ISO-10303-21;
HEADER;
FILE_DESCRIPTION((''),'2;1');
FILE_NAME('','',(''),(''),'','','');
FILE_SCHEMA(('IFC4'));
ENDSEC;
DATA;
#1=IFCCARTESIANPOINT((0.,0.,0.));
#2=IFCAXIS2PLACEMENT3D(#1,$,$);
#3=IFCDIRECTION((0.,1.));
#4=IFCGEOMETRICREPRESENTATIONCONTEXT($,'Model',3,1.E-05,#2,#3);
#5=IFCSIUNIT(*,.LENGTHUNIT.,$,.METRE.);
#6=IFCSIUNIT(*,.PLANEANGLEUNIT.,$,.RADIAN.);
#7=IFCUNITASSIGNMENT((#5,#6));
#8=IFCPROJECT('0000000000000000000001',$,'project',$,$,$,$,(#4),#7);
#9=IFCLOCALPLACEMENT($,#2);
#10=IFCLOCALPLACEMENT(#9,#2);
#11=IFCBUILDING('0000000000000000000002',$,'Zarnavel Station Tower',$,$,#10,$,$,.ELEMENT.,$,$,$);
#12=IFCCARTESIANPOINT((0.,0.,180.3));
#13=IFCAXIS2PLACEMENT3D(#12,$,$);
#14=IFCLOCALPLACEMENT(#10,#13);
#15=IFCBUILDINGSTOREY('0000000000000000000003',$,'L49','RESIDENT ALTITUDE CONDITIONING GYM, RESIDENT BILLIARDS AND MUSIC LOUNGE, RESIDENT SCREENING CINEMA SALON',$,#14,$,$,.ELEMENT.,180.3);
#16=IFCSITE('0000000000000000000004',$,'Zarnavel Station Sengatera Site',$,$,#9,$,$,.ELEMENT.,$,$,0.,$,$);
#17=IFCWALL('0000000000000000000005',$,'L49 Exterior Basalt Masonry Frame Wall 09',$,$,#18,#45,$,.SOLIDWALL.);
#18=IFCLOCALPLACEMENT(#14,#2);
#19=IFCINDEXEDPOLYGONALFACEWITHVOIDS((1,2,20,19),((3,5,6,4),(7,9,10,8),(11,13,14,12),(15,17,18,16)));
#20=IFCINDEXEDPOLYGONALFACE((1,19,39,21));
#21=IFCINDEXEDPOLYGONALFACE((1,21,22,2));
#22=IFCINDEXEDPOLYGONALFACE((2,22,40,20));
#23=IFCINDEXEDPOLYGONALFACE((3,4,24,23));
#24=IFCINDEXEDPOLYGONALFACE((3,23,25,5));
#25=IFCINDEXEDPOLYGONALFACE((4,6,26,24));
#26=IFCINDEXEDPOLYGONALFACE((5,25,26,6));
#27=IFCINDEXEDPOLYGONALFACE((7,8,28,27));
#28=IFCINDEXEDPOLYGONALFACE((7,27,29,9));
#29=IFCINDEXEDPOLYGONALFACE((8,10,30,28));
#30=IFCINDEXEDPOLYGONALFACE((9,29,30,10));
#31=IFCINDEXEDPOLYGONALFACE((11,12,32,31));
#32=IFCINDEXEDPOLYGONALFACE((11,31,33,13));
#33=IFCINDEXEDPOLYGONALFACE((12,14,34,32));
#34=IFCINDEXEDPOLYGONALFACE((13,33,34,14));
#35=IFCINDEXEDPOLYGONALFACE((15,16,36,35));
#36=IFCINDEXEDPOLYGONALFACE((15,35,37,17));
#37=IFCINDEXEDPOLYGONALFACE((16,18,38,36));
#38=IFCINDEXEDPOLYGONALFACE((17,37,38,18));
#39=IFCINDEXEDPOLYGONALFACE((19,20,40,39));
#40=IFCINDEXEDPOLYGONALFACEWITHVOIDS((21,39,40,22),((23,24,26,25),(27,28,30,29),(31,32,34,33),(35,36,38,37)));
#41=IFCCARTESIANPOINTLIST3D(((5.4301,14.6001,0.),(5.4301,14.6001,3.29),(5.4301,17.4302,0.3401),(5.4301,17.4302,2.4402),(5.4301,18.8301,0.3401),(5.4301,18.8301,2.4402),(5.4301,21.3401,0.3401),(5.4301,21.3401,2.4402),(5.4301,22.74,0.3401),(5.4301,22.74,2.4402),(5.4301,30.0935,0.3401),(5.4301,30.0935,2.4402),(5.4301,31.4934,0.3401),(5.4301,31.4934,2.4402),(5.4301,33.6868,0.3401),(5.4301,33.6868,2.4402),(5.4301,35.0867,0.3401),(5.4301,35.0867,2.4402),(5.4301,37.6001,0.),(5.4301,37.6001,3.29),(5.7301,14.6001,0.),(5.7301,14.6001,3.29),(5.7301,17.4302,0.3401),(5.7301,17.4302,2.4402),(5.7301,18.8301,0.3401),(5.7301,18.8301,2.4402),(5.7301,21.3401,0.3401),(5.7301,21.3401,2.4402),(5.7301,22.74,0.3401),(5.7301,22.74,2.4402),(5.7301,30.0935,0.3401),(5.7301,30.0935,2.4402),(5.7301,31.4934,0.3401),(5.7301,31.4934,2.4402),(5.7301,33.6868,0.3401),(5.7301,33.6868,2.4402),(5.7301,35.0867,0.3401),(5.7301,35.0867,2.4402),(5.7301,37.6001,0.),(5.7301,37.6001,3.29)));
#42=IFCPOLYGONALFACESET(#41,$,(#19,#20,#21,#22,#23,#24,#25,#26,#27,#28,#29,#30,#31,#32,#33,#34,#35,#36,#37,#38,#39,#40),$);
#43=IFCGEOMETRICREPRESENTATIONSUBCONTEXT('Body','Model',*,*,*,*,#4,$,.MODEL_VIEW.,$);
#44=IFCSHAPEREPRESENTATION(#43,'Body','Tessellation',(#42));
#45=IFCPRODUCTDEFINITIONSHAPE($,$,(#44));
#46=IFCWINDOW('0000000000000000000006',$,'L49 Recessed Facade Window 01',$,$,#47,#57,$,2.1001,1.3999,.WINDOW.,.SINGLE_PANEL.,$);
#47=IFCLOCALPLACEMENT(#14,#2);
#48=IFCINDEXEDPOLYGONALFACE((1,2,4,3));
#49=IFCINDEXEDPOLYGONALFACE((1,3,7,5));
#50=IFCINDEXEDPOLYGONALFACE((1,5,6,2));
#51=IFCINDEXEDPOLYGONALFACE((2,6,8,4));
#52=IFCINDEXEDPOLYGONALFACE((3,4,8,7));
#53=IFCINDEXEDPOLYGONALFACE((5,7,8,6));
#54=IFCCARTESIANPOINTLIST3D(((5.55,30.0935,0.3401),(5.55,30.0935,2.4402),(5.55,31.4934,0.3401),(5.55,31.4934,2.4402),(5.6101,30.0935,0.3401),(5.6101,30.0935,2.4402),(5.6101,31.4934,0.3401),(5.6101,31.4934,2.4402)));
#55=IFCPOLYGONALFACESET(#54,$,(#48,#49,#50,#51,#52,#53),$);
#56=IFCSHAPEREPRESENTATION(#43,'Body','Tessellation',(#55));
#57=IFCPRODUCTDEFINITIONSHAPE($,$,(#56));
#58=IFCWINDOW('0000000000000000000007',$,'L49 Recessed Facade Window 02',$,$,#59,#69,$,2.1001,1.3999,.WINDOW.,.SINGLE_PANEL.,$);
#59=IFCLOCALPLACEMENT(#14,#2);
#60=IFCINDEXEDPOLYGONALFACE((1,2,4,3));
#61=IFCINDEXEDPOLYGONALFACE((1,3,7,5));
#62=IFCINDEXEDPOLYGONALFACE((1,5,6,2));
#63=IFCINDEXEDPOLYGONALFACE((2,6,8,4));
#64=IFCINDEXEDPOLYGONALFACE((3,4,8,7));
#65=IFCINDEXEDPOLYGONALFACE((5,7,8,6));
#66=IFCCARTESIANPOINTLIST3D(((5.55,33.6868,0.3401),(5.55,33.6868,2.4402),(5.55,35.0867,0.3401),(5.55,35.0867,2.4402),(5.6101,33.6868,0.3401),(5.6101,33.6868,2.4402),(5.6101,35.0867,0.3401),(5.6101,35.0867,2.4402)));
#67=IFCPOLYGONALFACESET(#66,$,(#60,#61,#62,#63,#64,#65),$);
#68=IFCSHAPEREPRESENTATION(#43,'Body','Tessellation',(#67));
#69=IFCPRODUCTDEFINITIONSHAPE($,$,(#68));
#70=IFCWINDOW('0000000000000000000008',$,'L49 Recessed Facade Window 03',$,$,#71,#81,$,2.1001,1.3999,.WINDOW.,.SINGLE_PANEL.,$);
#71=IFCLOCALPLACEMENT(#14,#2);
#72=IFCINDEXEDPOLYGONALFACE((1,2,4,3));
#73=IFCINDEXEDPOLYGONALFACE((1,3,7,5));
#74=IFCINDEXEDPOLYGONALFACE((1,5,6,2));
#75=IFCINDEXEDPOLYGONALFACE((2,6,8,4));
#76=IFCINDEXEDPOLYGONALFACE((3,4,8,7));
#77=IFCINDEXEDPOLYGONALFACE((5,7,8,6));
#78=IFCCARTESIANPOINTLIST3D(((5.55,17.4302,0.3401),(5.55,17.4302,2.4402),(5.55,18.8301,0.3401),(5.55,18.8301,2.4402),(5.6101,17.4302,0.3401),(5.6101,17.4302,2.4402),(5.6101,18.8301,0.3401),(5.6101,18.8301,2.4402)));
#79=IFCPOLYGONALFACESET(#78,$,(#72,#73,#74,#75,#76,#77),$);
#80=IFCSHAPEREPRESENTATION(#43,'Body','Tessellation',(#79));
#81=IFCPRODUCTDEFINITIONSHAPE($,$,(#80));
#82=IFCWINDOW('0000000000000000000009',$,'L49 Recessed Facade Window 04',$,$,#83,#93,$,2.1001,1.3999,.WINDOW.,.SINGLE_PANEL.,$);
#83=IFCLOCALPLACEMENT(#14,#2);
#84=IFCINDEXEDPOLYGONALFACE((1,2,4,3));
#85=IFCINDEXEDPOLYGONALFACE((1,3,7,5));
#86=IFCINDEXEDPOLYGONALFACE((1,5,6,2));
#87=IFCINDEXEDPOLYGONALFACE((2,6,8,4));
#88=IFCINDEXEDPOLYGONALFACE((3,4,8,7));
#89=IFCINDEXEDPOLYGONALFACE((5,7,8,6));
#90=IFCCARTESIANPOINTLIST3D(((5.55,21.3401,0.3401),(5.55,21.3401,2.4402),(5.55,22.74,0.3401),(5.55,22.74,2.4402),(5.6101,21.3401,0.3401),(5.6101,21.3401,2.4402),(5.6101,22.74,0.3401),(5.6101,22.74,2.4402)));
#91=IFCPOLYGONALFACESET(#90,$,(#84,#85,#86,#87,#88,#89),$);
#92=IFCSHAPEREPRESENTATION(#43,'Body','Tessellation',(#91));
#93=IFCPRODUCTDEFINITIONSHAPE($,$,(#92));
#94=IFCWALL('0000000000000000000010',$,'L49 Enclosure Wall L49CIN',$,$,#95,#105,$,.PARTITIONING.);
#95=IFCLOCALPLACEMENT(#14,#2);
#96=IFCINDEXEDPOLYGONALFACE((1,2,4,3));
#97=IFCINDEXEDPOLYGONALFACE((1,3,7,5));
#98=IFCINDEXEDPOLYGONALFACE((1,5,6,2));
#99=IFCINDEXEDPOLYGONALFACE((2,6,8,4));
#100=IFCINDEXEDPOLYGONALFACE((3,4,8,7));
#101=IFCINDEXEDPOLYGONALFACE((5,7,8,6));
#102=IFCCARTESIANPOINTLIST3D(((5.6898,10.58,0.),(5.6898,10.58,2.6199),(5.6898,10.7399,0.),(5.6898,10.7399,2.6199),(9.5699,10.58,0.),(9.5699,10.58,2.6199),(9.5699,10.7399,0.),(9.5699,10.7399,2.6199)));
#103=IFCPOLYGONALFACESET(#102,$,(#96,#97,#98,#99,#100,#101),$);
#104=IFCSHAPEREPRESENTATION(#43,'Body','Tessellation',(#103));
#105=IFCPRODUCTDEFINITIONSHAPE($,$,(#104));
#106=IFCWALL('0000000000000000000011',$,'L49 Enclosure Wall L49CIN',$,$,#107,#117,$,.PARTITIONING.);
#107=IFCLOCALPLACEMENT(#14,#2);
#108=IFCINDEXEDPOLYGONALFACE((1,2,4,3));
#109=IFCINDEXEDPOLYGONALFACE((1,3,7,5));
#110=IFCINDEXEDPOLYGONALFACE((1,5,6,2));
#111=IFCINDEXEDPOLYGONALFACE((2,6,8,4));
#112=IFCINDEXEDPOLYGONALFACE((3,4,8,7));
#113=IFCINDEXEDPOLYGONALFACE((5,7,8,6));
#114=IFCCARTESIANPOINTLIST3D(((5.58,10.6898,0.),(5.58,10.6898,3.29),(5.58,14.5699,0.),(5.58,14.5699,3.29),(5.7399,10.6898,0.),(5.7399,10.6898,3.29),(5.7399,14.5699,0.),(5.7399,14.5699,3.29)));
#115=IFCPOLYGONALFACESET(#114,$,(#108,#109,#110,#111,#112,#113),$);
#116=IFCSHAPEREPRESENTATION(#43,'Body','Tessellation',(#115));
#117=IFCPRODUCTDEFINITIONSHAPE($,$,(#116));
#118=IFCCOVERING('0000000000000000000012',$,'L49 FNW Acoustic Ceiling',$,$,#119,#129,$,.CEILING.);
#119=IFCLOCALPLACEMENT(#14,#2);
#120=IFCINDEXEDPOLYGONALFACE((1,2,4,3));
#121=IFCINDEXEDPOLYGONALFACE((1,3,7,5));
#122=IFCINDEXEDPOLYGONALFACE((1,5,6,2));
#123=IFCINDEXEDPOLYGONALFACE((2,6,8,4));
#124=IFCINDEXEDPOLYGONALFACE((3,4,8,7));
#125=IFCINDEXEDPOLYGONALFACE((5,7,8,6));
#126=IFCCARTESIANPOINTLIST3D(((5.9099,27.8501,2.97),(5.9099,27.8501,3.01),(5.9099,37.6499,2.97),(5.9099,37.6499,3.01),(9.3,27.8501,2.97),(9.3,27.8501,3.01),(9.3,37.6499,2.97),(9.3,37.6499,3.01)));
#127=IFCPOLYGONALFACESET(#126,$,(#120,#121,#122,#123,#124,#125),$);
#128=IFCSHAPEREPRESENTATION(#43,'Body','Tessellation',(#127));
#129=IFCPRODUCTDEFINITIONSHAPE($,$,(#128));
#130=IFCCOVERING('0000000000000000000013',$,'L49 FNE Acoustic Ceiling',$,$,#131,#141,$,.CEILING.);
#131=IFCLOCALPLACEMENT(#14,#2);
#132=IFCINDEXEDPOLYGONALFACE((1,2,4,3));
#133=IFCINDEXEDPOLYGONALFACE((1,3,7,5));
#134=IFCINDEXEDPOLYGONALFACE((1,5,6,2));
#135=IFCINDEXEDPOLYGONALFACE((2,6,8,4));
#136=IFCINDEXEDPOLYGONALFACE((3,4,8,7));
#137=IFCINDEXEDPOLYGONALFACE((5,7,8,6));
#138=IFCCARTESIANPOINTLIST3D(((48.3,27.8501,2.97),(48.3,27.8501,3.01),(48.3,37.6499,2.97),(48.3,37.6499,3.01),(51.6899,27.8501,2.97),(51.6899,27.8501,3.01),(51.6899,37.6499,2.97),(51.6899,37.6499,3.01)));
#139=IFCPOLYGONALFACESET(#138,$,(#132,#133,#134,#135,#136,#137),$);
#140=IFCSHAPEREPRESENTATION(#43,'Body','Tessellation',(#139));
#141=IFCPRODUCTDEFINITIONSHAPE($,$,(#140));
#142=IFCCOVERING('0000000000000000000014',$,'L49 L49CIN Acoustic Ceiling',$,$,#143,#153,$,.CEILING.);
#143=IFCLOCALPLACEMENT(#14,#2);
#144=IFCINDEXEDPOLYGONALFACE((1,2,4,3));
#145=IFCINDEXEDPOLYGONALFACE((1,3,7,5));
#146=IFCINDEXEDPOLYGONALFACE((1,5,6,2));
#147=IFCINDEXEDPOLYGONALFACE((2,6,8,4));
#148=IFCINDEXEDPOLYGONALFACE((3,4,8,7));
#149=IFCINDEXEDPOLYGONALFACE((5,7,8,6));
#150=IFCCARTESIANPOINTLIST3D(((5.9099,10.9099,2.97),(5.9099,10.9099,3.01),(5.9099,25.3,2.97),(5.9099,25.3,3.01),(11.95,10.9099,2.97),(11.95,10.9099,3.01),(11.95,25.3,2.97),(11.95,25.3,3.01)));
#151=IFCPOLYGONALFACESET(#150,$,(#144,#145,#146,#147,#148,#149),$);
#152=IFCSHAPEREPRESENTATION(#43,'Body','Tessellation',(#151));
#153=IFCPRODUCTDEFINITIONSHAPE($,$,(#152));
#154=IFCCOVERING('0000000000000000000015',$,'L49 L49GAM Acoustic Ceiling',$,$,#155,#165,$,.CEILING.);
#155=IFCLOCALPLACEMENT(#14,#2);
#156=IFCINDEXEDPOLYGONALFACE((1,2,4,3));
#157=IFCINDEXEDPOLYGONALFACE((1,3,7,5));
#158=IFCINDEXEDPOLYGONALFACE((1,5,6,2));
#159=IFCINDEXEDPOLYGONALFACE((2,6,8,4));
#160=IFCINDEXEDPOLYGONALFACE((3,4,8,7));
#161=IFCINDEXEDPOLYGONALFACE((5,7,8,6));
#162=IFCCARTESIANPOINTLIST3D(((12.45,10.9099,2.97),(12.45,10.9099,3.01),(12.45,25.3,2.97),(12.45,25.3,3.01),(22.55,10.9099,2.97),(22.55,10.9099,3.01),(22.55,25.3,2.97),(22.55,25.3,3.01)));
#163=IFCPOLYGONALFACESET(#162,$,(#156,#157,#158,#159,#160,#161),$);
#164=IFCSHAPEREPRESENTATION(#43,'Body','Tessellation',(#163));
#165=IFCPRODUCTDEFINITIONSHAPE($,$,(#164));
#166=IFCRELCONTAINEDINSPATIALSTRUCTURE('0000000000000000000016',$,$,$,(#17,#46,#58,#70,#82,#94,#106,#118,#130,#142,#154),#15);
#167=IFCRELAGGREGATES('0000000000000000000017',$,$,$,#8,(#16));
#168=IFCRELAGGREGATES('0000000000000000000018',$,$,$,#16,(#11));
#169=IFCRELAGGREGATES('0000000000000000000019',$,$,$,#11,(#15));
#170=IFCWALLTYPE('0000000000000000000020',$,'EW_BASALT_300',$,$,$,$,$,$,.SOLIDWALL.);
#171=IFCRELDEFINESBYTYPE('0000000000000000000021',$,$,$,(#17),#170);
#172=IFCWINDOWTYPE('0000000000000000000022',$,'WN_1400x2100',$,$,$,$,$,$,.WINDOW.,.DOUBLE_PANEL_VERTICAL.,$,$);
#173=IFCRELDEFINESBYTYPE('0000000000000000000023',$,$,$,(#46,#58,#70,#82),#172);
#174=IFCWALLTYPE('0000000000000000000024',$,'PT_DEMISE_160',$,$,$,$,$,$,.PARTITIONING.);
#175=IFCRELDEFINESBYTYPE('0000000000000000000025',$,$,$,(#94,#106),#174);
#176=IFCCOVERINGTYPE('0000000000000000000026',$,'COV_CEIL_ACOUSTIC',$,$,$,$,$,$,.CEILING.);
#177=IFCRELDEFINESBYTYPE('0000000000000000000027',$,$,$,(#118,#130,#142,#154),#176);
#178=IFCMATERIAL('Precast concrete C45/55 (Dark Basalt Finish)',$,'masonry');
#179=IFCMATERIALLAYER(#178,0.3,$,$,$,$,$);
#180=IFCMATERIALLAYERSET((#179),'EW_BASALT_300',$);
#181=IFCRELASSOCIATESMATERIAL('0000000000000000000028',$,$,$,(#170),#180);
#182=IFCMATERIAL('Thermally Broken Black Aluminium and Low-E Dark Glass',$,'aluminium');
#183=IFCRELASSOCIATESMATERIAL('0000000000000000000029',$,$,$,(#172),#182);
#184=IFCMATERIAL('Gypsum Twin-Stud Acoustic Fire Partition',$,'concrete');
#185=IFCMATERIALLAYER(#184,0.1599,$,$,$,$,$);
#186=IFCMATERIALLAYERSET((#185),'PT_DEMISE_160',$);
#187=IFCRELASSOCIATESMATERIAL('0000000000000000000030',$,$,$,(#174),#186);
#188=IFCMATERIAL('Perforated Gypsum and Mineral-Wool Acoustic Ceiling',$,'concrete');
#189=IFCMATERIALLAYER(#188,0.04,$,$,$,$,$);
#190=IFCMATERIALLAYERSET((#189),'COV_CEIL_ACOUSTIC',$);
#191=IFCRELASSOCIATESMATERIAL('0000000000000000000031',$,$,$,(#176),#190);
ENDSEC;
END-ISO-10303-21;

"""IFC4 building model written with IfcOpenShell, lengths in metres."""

from ifc_helpers import new_model, si_unit, direction, frame, frame_2d, origin, place, context, subcontext, project, spatial, polyline, rectangle, outline, extrude, material, layer, layer_set, type_object, element, fill, save


model = new_model("IFC4")

# Units and contexts
model_context = context("Model", 3, precision=1e-05, world=origin(), true_north=direction((0.0, 1.0)))
body_context = subcontext(model_context, "Body", "Model", "MODEL_VIEW")
ifc_project = project(units=[si_unit("LENGTHUNIT", "METRE"), si_unit("PLANEANGLEUNIT", "RADIAN")], contexts=[model_context])

# Site, building, storey
site_placement = place(None, origin())
site = spatial("IfcSite", under=ifc_project, at=site_placement, Name="Zarnavel Station Sengatera Site", CompositionType="ELEMENT", RefElevation=0.0)
building_placement = place(site_placement, origin())
building = spatial("IfcBuilding", under=site, at=building_placement, Name="Zarnavel Station Tower", CompositionType="ELEMENT")
storey_placement = place(building_placement, frame((0.0, 0.0, 180.3)))
storey = spatial("IfcBuildingStorey", under=building, at=storey_placement, Name="L49", Description="RESIDENT ALTITUDE CONDITIONING GYM, RESIDENT BILLIARDS AND MUSIC LOUNGE, RESIDENT SCREENING CINEMA SALON", CompositionType="ELEMENT", Elevation=180.3)

# Wall, openings, windows
ifc_material_1 = material(Name="Precast concrete C45/55 (Dark Basalt Finish)", Category="masonry")
ifc_layer_1 = layer(ifc_material_1, 0.3)
ifc_layer_set_1 = layer_set([ifc_layer_1], Name="EW_BASALT_300")
wall_type_1 = type_object("IfcWallType", Name="EW_BASALT_300", PredefinedType="SOLIDWALL", material=ifc_layer_set_1)
wall_1_placement = place(storey_placement, frame((5.5801, 14.6001, 0.0), z_axis=(0.0, 0.0, 1.0), x_axis=(0.0, 1.0, 0.0)))
wall_1 = element("IfcWall", 1, at=wall_1_placement, inside=storey, type_object=wall_type_1, Name="L49 Exterior Basalt Masonry Frame Wall 09", PredefinedType="SOLIDWALL", context=body_context, shape_type="SweptSolid", body=[
    extrude(rectangle(XDim=23.0, YDim=0.3, at=frame_2d((11.5, 0.0))), origin(), (0.0, 0.0, 1.0), 3.29),
])
opening_1_placement = place(wall_1_placement, frame((15.4934, 0.0, 0.3401)))
opening_1 = element("IfcOpeningElement", 2, at=opening_1_placement, cuts=wall_1, PredefinedType="OPENING", context=body_context, shape_type="SweptSolid", body=[
    extrude(rectangle(XDim=1.3999, YDim=2.1001, at=frame_2d((0.7, 1.05))), frame((0.0, 0.1599, 0.0), z_axis=(0.0, -1.0, 0.0), x_axis=(1.0, 0.0, 0.0)), (0.0, 0.0, 1.0), 0.3201),
])
opening_2_placement = place(wall_1_placement, frame((19.0867, 0.0, 0.3401)))
opening_2 = element("IfcOpeningElement", 3, at=opening_2_placement, cuts=wall_1, PredefinedType="OPENING", context=body_context, shape_type="SweptSolid", body=[
    extrude(rectangle(XDim=1.3999, YDim=2.1001, at=frame_2d((0.7, 1.05))), frame((0.0, 0.1599, 0.0), z_axis=(0.0, -1.0, 0.0), x_axis=(1.0, 0.0, 0.0)), (0.0, 0.0, 1.0), 0.3201),
])
opening_3_placement = place(wall_1_placement, frame((2.8301, 0.0, 0.3401)))
opening_3 = element("IfcOpeningElement", 4, at=opening_3_placement, cuts=wall_1, PredefinedType="OPENING", context=body_context, shape_type="SweptSolid", body=[
    extrude(rectangle(XDim=1.3999, YDim=2.1001, at=frame_2d((0.7, 1.05))), frame((0.0, 0.1599, 0.0), z_axis=(0.0, -1.0, 0.0), x_axis=(1.0, 0.0, 0.0)), (0.0, 0.0, 1.0), 0.3201),
])
opening_4_placement = place(wall_1_placement, frame((6.74, 0.0, 0.3401)))
opening_4 = element("IfcOpeningElement", 5, at=opening_4_placement, cuts=wall_1, PredefinedType="OPENING", context=body_context, shape_type="SweptSolid", body=[
    extrude(rectangle(XDim=1.3999, YDim=2.1001, at=frame_2d((0.7, 1.05))), frame((0.0, 0.1599, 0.0), z_axis=(0.0, -1.0, 0.0), x_axis=(1.0, 0.0, 0.0)), (0.0, 0.0, 1.0), 0.3201),
])
ifc_material_2 = material(Name="Thermally Broken Black Aluminium and Low-E Dark Glass", Category="aluminium")
window_type = type_object("IfcWindowType", Name="WN_1400x2100", PartitioningType="DOUBLE_PANEL_VERTICAL", PredefinedType="WINDOW", material=ifc_material_2)
window_1_placement = place(opening_1_placement, origin())
window_1 = element("IfcWindow", 6, at=window_1_placement, inside=storey, type_object=window_type, Name="L49 Recessed Facade Window 01", OverallHeight=2.1001, OverallWidth=1.3999, PartitioningType="SINGLE_PANEL", PredefinedType="WINDOW", context=body_context, shape_type="SweptSolid", body=[
    extrude(rectangle(XDim=1.3999, YDim=2.1001, at=frame_2d((0.7, 1.05))), frame((0.0, 0.03, 0.0), z_axis=(0.0, -1.0, 0.0), x_axis=(1.0, 0.0, 0.0)), (0.0, 0.0, 1.0), 0.0601),
])
fill(opening_1, window_1)
window_2_placement = place(opening_2_placement, origin())
window_2 = element("IfcWindow", 7, at=window_2_placement, inside=storey, type_object=window_type, Name="L49 Recessed Facade Window 02", OverallHeight=2.1001, OverallWidth=1.3999, PartitioningType="SINGLE_PANEL", PredefinedType="WINDOW", context=body_context, shape_type="SweptSolid", body=[
    extrude(rectangle(XDim=1.3999, YDim=2.1001, at=frame_2d((0.7, 1.05))), frame((0.0, 0.03, 0.0), z_axis=(0.0, -1.0, 0.0), x_axis=(1.0, 0.0, 0.0)), (0.0, 0.0, 1.0), 0.0601),
])
fill(opening_2, window_2)
window_3_placement = place(opening_3_placement, origin())
window_3 = element("IfcWindow", 8, at=window_3_placement, inside=storey, type_object=window_type, Name="L49 Recessed Facade Window 03", OverallHeight=2.1001, OverallWidth=1.3999, PartitioningType="SINGLE_PANEL", PredefinedType="WINDOW", context=body_context, shape_type="SweptSolid", body=[
    extrude(rectangle(XDim=1.3999, YDim=2.1001, at=frame_2d((0.7, 1.05))), frame((0.0, 0.03, 0.0), z_axis=(0.0, -1.0, 0.0), x_axis=(1.0, 0.0, 0.0)), (0.0, 0.0, 1.0), 0.0601),
])
fill(opening_3, window_3)
window_4_placement = place(opening_4_placement, origin())
window_4 = element("IfcWindow", 9, at=window_4_placement, inside=storey, type_object=window_type, Name="L49 Recessed Facade Window 04", OverallHeight=2.1001, OverallWidth=1.3999, PartitioningType="SINGLE_PANEL", PredefinedType="WINDOW", context=body_context, shape_type="SweptSolid", body=[
    extrude(rectangle(XDim=1.3999, YDim=2.1001, at=frame_2d((0.7, 1.05))), frame((0.0, 0.03, 0.0), z_axis=(0.0, -1.0, 0.0), x_axis=(1.0, 0.0, 0.0)), (0.0, 0.0, 1.0), 0.0601),
])
fill(opening_4, window_4)

# Walls
ifc_material_3 = material(Name="Gypsum Twin-Stud Acoustic Fire Partition", Category="concrete")
ifc_layer_2 = layer(ifc_material_3, 0.1599)
ifc_layer_set_2 = layer_set([ifc_layer_2], Name="PT_DEMISE_160")
wall_type_2 = type_object("IfcWallType", Name="PT_DEMISE_160", PredefinedType="PARTITIONING", material=ifc_layer_set_2)
wall_2_placement = place(storey_placement, frame((5.6899, 10.6599, 0.0), z_axis=(0.0, 0.0, 1.0), x_axis=(1.0, 0.0, 0.0)))
element("IfcWall", 10, at=wall_2_placement, inside=storey, type_object=wall_type_2, Name="L49 Enclosure Wall L49CIN", PredefinedType="PARTITIONING", context=body_context, shape_type="SweptSolid", body=[
    extrude(rectangle(XDim=3.8801, YDim=0.1599, at=frame_2d((1.9399, 0.0))), origin(), (0.0, 0.0, 1.0), 2.6199),
])
wall_3_placement = place(storey_placement, frame((5.6599, 10.6899, 0.0), z_axis=(0.0, 0.0, 1.0), x_axis=(0.0, 1.0, 0.0)))
element("IfcWall", 11, at=wall_3_placement, inside=storey, type_object=wall_type_2, Name="L49 Enclosure Wall L49CIN", PredefinedType="PARTITIONING", context=body_context, shape_type="SweptSolid", body=[
    extrude(rectangle(XDim=3.8801, YDim=0.1599, at=frame_2d((1.9399, 0.0))), origin(), (0.0, 0.0, 1.0), 3.29),
])

# Coverings
ifc_material_4 = material(Name="Perforated Gypsum and Mineral-Wool Acoustic Ceiling", Category="concrete")
ifc_layer_3 = layer(ifc_material_4, 0.04)
ifc_layer_set_3 = layer_set([ifc_layer_3], Name="COV_CEIL_ACOUSTIC")
covering_type_1 = type_object("IfcCoveringType", Name="COV_CEIL_ACOUSTIC", PredefinedType="CEILING", material=ifc_layer_set_3)
covering_1_placement = place(storey_placement, frame((0.0, 0.0, 2.97)))
element("IfcCovering", 12, at=covering_1_placement, inside=storey, type_object=covering_type_1, Name="L49 FNW Acoustic Ceiling", PredefinedType="CEILING", context=body_context, shape_type="SweptSolid", body=[
    extrude(outline(polyline([(5.9099, 27.8501), (9.3, 27.8501), (9.3, 37.6499), (5.9099, 37.6499), (5.9099, 27.8501)])), origin(), (0.0, 0.0, 1.0), 0.04),
])
covering_2_placement = place(storey_placement, frame((0.0, 0.0, 2.97)))
element("IfcCovering", 13, at=covering_2_placement, inside=storey, type_object=covering_type_1, Name="L49 FNE Acoustic Ceiling", PredefinedType="CEILING", context=body_context, shape_type="SweptSolid", body=[
    extrude(outline(polyline([(48.3, 27.8501), (51.6899, 27.8501), (51.6899, 37.6499), (48.3, 37.6499), (48.3, 27.8501)])), origin(), (0.0, 0.0, 1.0), 0.04),
])
covering_3_placement = place(storey_placement, frame((0.0, 0.0, 2.97)))
element("IfcCovering", 14, at=covering_3_placement, inside=storey, type_object=covering_type_1, Name="L49 L49CIN Acoustic Ceiling", PredefinedType="CEILING", context=body_context, shape_type="SweptSolid", body=[
    extrude(outline(polyline([(5.9099, 10.9099), (11.95, 10.9099), (11.95, 25.3), (5.9099, 25.3), (5.9099, 10.9099)])), origin(), (0.0, 0.0, 1.0), 0.04),
])
covering_4_placement = place(storey_placement, frame((0.0, 0.0, 2.97)))
element("IfcCovering", 15, at=covering_4_placement, inside=storey, type_object=covering_type_1, Name="L49 L49GAM Acoustic Ceiling", PredefinedType="CEILING", context=body_context, shape_type="SweptSolid", body=[
    extrude(outline(polyline([(12.45, 10.9099), (22.55, 10.9099), (22.55, 25.3), (12.45, 25.3), (12.45, 10.9099)])), origin(), (0.0, 0.0, 1.0), 0.04),
])

save(model, "model.ifc")
